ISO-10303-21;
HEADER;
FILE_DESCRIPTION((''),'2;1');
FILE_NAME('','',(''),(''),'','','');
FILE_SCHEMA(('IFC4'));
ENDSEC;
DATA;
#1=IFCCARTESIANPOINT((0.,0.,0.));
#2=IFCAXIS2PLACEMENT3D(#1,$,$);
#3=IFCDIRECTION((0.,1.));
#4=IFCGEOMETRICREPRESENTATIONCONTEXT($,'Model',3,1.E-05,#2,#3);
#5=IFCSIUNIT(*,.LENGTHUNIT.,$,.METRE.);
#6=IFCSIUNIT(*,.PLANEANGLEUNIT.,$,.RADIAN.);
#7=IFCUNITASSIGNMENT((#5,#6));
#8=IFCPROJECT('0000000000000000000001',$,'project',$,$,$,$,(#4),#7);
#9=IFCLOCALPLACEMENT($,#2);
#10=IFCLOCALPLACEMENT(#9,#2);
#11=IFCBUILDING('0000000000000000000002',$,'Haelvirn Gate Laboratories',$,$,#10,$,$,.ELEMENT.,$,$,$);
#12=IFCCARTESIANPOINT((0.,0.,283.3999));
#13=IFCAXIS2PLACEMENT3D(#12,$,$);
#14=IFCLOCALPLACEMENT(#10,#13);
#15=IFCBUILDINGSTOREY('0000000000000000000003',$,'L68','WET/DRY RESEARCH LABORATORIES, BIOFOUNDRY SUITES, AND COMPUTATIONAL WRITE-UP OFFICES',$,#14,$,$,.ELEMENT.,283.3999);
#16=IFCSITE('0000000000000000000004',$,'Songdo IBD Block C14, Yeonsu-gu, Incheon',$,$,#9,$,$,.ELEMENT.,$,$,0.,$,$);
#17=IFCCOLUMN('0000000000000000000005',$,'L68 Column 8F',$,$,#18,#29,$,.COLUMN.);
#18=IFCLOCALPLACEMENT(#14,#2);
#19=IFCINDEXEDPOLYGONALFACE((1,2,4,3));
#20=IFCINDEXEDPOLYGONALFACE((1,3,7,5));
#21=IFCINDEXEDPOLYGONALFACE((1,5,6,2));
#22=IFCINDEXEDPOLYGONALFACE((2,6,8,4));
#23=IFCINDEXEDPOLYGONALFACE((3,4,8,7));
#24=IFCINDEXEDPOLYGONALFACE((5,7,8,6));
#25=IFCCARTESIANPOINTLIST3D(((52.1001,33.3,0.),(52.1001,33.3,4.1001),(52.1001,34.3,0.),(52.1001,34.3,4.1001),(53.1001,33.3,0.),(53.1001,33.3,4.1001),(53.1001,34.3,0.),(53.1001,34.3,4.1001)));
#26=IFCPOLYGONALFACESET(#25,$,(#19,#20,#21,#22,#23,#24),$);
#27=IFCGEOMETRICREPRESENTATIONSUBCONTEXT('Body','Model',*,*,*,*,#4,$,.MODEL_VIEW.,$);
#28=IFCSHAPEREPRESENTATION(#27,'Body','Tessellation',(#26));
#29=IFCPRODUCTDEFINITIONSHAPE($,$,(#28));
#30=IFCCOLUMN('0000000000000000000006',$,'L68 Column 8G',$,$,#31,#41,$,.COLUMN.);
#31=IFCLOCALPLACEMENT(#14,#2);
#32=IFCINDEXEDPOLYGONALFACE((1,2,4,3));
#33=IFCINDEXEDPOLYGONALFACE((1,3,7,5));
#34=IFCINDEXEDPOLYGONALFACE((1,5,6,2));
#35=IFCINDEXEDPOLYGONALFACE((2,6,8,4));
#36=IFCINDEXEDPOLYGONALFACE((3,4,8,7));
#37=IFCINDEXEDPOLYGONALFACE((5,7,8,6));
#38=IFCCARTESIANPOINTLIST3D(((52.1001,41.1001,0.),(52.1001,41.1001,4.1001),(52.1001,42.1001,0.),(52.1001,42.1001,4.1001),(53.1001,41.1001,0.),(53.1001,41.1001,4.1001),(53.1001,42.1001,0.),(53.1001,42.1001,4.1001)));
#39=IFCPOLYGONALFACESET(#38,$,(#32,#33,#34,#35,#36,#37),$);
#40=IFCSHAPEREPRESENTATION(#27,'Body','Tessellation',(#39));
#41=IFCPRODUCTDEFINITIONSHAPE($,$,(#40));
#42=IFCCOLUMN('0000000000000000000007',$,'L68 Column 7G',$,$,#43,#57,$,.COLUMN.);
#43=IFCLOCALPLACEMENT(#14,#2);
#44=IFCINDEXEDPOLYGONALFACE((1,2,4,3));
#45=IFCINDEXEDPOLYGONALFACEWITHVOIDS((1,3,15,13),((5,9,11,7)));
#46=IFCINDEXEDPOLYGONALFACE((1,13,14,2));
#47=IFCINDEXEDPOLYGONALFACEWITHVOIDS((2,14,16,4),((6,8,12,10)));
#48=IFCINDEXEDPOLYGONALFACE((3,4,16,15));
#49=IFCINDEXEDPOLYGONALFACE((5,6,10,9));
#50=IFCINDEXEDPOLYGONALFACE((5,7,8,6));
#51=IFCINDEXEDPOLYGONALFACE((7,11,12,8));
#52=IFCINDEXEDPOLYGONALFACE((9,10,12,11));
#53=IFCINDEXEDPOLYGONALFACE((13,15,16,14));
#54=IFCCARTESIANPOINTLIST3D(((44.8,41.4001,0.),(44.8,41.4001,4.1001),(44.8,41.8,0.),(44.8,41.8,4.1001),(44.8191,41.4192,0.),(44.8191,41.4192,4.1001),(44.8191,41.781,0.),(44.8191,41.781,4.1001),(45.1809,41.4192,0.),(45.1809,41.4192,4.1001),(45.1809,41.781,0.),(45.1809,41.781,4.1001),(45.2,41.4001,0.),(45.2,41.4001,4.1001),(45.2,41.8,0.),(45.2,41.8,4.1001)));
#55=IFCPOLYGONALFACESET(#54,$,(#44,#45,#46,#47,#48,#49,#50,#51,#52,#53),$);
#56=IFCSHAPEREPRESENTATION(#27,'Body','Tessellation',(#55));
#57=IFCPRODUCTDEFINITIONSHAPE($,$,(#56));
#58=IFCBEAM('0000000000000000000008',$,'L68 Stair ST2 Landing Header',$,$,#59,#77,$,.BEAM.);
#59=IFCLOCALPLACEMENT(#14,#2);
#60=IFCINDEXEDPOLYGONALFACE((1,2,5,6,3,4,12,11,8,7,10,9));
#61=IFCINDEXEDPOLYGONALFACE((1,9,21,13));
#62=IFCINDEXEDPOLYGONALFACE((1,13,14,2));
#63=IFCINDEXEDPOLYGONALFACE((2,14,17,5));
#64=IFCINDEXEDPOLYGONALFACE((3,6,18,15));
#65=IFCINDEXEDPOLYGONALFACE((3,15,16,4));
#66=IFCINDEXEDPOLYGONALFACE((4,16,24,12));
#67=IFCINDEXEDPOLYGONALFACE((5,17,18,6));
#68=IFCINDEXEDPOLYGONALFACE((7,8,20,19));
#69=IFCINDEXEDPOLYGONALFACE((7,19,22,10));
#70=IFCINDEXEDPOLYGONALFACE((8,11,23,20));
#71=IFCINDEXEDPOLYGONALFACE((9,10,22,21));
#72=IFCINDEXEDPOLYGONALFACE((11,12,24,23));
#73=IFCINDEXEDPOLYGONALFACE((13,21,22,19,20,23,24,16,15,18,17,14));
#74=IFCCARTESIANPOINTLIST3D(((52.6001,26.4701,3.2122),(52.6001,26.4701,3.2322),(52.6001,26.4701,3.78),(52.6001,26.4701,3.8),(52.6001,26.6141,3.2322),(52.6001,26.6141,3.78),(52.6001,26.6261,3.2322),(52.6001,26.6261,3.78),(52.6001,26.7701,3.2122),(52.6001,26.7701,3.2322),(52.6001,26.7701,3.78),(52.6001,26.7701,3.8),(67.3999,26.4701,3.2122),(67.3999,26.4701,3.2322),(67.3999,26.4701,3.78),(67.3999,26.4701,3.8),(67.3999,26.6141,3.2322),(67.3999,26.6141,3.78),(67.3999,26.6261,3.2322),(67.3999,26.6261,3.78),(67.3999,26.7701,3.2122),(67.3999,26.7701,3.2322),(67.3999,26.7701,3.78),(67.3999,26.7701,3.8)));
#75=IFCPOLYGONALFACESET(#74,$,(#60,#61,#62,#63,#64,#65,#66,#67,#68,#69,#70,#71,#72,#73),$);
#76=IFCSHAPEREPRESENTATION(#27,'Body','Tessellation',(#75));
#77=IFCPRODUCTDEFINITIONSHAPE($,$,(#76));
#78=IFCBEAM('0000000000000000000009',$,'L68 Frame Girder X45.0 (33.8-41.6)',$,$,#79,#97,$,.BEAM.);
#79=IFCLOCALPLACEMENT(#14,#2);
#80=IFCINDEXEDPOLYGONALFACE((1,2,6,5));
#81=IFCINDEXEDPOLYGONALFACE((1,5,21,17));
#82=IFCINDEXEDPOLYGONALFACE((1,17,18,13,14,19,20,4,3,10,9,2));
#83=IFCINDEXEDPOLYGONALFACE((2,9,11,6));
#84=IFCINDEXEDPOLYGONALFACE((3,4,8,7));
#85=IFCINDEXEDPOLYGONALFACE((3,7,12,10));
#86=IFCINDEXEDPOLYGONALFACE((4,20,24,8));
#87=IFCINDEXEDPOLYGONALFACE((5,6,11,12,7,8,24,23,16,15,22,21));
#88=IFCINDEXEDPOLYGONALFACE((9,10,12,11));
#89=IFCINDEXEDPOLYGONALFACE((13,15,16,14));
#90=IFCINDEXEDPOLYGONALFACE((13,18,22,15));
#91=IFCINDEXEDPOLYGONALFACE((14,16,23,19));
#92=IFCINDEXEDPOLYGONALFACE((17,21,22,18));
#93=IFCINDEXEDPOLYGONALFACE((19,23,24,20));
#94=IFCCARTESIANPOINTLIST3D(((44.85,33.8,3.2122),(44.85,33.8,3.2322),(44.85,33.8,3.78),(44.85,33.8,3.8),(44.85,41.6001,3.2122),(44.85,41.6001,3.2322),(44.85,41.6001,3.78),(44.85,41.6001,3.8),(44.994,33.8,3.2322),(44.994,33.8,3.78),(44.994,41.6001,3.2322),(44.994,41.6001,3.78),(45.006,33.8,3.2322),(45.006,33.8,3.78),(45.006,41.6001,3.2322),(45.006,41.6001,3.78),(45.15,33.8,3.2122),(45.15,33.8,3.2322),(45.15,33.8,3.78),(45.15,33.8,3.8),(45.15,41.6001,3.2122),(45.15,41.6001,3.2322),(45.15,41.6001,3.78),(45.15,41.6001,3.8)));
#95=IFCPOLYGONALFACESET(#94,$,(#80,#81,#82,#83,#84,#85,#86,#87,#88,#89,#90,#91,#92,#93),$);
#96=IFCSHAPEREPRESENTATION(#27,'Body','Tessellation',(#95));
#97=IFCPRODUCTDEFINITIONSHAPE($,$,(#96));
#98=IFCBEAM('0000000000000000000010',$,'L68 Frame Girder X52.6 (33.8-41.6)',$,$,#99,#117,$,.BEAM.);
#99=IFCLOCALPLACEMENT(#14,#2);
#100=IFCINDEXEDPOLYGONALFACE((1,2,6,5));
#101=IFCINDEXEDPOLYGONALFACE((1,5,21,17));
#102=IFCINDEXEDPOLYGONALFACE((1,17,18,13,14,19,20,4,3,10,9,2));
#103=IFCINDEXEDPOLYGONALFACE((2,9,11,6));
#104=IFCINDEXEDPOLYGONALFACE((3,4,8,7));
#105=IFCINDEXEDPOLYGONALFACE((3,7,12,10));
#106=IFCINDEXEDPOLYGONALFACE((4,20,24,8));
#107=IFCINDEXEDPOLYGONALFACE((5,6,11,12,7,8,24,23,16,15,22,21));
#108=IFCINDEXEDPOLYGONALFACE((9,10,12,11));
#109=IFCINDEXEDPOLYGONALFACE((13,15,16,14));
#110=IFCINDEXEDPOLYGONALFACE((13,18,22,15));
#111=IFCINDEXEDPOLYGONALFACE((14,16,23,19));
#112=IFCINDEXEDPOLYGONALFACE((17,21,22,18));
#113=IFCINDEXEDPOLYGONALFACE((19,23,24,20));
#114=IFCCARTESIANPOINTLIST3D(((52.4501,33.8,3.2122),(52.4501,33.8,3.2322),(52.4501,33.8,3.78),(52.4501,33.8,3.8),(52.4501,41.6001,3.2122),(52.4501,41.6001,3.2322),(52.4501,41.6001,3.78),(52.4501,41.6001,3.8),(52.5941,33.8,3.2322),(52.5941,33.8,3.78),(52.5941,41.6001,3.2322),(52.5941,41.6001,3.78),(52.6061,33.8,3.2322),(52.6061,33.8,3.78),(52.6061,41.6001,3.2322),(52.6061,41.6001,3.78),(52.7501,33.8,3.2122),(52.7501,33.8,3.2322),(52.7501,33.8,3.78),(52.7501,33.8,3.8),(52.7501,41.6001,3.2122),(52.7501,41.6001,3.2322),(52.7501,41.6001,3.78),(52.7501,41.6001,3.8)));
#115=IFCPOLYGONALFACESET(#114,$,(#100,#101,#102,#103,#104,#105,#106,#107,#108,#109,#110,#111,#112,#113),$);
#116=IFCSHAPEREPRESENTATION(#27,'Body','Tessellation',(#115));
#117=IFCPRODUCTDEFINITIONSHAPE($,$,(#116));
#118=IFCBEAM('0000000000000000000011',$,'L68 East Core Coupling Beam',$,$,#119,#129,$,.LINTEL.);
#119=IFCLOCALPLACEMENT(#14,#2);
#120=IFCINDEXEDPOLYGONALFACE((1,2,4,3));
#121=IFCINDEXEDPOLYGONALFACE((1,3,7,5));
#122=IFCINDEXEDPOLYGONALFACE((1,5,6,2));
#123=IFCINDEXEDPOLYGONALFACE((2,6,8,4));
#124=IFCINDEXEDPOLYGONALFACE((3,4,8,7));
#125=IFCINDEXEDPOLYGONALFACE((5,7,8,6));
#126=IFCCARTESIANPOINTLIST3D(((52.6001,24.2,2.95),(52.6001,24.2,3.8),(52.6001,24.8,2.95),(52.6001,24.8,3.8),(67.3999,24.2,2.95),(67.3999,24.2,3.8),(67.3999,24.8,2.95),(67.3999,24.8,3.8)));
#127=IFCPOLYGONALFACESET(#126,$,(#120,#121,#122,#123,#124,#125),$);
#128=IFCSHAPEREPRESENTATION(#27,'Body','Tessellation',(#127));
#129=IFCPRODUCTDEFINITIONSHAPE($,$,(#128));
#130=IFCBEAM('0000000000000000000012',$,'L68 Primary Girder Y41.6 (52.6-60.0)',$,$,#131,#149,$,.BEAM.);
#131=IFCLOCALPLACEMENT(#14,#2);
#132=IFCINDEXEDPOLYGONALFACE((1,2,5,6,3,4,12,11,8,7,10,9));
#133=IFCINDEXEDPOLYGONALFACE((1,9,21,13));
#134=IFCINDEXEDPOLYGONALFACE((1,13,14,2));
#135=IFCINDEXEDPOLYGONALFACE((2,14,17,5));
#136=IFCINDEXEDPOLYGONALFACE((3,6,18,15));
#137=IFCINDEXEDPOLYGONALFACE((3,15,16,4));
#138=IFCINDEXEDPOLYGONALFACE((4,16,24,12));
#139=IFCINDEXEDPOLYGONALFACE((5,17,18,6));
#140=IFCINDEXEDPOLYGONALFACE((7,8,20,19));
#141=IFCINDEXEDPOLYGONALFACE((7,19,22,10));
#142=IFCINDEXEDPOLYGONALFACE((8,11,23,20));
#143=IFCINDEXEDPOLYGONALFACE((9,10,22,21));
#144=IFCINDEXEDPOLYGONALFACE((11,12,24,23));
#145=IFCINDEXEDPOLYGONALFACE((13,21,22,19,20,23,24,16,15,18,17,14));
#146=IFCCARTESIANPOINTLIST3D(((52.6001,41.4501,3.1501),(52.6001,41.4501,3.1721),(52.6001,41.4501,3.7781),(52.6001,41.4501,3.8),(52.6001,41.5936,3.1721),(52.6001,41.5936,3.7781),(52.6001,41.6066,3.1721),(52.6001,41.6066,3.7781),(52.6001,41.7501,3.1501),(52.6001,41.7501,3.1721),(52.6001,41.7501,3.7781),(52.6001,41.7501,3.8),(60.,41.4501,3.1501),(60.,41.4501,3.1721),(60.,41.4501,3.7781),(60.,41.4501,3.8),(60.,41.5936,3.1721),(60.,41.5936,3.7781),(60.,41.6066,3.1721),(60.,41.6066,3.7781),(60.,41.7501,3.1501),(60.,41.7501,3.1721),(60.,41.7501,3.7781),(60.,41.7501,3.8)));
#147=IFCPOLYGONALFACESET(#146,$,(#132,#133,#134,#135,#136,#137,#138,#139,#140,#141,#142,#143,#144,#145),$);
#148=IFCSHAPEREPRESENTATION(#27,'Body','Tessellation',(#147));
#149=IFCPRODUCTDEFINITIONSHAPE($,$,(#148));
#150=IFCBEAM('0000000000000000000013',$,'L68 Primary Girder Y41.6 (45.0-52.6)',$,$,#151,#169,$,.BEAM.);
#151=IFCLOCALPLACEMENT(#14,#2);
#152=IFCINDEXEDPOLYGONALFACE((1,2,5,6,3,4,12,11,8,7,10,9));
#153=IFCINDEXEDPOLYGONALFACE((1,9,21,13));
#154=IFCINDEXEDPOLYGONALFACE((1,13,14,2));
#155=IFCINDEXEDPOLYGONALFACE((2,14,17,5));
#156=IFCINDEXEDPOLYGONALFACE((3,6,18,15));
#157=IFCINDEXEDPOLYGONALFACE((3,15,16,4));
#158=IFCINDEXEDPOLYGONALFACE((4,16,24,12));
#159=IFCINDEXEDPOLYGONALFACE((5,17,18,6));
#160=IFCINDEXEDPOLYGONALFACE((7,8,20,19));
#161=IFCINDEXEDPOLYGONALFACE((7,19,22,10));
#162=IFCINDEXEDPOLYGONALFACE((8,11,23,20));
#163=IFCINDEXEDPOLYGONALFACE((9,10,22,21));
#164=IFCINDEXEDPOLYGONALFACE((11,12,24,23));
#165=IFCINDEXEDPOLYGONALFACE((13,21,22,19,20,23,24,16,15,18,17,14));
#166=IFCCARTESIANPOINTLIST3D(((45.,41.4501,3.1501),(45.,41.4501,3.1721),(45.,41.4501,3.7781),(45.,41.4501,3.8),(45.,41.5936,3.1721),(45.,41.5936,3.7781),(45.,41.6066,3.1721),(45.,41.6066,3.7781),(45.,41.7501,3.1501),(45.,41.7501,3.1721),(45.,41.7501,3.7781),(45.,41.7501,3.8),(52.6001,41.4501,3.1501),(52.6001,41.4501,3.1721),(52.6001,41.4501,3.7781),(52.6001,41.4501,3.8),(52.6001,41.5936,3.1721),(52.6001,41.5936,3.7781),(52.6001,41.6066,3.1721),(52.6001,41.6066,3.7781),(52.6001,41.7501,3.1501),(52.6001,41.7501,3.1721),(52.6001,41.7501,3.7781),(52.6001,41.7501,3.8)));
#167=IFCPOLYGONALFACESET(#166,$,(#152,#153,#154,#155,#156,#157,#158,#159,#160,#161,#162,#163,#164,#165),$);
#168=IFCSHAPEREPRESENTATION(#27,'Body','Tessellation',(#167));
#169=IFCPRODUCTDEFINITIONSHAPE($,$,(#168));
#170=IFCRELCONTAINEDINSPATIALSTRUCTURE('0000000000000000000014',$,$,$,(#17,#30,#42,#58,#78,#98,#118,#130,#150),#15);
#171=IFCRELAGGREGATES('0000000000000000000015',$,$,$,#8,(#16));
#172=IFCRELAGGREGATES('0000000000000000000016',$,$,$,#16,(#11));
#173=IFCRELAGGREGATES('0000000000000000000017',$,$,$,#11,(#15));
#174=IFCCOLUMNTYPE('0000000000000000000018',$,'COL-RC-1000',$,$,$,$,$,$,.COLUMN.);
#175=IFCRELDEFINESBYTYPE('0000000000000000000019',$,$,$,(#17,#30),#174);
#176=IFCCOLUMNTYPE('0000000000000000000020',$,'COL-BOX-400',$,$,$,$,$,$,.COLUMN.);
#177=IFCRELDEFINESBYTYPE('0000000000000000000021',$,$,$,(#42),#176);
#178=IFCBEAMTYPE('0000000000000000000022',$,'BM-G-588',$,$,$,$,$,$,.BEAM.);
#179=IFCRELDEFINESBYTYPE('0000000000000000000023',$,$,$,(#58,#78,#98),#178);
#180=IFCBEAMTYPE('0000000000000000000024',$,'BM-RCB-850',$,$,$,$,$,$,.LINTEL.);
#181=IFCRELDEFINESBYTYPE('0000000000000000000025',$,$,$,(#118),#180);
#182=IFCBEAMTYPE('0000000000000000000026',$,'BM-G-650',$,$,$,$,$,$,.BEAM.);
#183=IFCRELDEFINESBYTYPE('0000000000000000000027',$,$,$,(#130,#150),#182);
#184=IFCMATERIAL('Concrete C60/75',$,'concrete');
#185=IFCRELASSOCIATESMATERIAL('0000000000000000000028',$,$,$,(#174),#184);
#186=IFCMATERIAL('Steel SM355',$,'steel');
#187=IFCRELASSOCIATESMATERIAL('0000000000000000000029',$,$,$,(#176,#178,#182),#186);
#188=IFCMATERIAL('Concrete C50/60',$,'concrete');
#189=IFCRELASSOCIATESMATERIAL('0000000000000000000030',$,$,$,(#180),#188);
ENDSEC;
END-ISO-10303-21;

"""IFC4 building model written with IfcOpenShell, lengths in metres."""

from ifc_helpers import new_model, si_unit, direction, frame, origin, origin_2d, place, context, subcontext, project, spatial, rectangle, hollow_rectangle, i_section, extrude, source, transform, mapped, material, material_profile, profile_set, type_object, type_shapes, element, save


model = new_model("IFC4")

# Units and contexts
model_context = context("Model", 3, precision=1e-05, world=origin(), true_north=direction((0.0, 1.0)))
body_context = subcontext(model_context, "Body", "Model", "MODEL_VIEW")
ifc_project = project(units=[si_unit("LENGTHUNIT", "METRE"), si_unit("PLANEANGLEUNIT", "RADIAN")], contexts=[model_context])

# Site, building, storey
site_placement = place(None, origin())
site = spatial("IfcSite", under=ifc_project, at=site_placement, Name="Songdo IBD Block C14, Yeonsu-gu, Incheon", CompositionType="ELEMENT", RefElevation=0.0)
building_placement = place(site_placement, origin())
building = spatial("IfcBuilding", under=site, at=building_placement, Name="Haelvirn Gate Laboratories", CompositionType="ELEMENT")
storey_placement = place(building_placement, frame((0.0, 0.0, 283.3999)))
storey = spatial("IfcBuildingStorey", under=building, at=storey_placement, Name="L68", Description="WET/DRY RESEARCH LABORATORIES, BIOFOUNDRY SUITES, AND COMPUTATIONAL WRITE-UP OFFICES", CompositionType="ELEMENT", Elevation=283.3999)

# Columns
ifc_material_1 = material(Name="Concrete C60/75", Category="concrete")
ifc_material_profile_1 = material_profile(ifc_material_1, rectangle(XDim=1.0, YDim=1.0, at=origin_2d()), Name="RC-1000x1000")
ifc_profile_set_1 = profile_set([ifc_material_profile_1], Name="Concrete C60/75")
column_type_1 = type_object("IfcColumnType", Name="COL-RC-1000", PredefinedType="COLUMN", material=ifc_profile_set_1)
shared_shape_1 = source(origin(), body_context, "Body", "SweptSolid", [
    extrude(rectangle(XDim=1.0, YDim=1.0, at=origin_2d()), origin(), (0.0, 0.0, 1.0), 4.1001),
])
type_shapes(column_type_1, [shared_shape_1])
for number, where, z_axis, x_axis, name in (
    (1, (52.6001, 33.8, 0.0), (0.0, 0.0, 1.0), (1.0, 0.0, 0.0), "L68 Column 8F"),
    (2, (52.6001, 41.6001, 0.0), (0.0, 0.0, 1.0), (1.0, 0.0, 0.0), "L68 Column 8G"),
):
    element("IfcColumn", number, at=place(storey_placement, frame(where, z_axis=z_axis, x_axis=x_axis)), inside=storey, type_object=column_type_1, Name=name, PredefinedType="COLUMN", context=body_context, shape_type="MappedRepresentation", body=[
        mapped(shared_shape_1, transform((0.0, 0.0, 0.0), scale=1.0)),
    ])
ifc_material_2 = material(Name="Steel SM355", Category="steel")
ifc_material_profile_2 = material_profile(ifc_material_2, hollow_rectangle(XDim=0.3999, YDim=0.3999, WallThickness=0.019, at=origin_2d()), Name="BOX-400x400x19")
ifc_profile_set_2 = profile_set([ifc_material_profile_2], Name="Steel SM355")
column_type_2 = type_object("IfcColumnType", Name="COL-BOX-400", PredefinedType="COLUMN", material=ifc_profile_set_2)
shared_shape_2 = source(origin(), body_context, "Body", "SweptSolid", [
    extrude(hollow_rectangle(XDim=0.3999, YDim=0.3999, WallThickness=0.019, at=origin_2d()), origin(), (0.0, 0.0, 1.0), 4.1001),
])
type_shapes(column_type_2, [shared_shape_2])
column_placement = place(storey_placement, frame((45.0, 41.6001, 0.0), z_axis=(0.0, 0.0, 1.0), x_axis=(1.0, 0.0, 0.0)))
element("IfcColumn", 3, at=column_placement, inside=storey, type_object=column_type_2, Name="L68 Column 7G", PredefinedType="COLUMN", context=body_context, shape_type="MappedRepresentation", body=[
    mapped(shared_shape_2, transform((0.0, 0.0, 0.0), scale=1.0)),
])

# Beams
ifc_material_profile_3 = material_profile(ifc_material_2, i_section(OverallWidth=0.3, OverallDepth=0.5879, WebThickness=0.012, FlangeThickness=0.02, at=origin_2d()), Name="H-588x300x12x20")
ifc_profile_set_3 = profile_set([ifc_material_profile_3], Name="Steel SM355")
beam_type_1 = type_object("IfcBeamType", Name="BM-G-588", PredefinedType="BEAM", material=ifc_profile_set_3)
shared_shape_3 = source(origin(), body_context, "Body", "SweptSolid", [
    extrude(i_section(OverallWidth=0.3, OverallDepth=0.5879, WebThickness=0.012, FlangeThickness=0.02, at=origin_2d()), origin(), (0.0, 0.0, 1.0), 14.7998),
])
beam_1_placement = place(storey_placement, frame((52.6001, 26.6201, 3.5061), z_axis=(1.0, 0.0, 0.0), x_axis=(0.0, 1.0, 0.0)))
element("IfcBeam", 4, at=beam_1_placement, inside=storey, type_object=beam_type_1, Name="L68 Stair ST2 Landing Header", PredefinedType="BEAM", context=body_context, shape_type="MappedRepresentation", body=[
    mapped(shared_shape_3, transform((0.0, 0.0, 0.0), scale=1.0)),
])
shared_shape_4 = source(origin(), body_context, "Body", "SweptSolid", [
    extrude(i_section(OverallWidth=0.3, OverallDepth=0.5879, WebThickness=0.012, FlangeThickness=0.02, at=origin_2d()), origin(), (0.0, 0.0, 1.0), 7.8),
])
type_shapes(beam_type_1, [shared_shape_3, shared_shape_4])
for number, where, z_axis, x_axis, name in (
    (5, (45.0, 33.8, 3.5061), (0.0, 1.0, 0.0), (-1.0, 0.0, 0.0), "L68 Frame Girder X45.0 (33.8-41.6)"),
    (6, (52.6001, 33.8, 3.5061), (0.0, 1.0, 0.0), (-1.0, 0.0, 0.0), "L68 Frame Girder X52.6 (33.8-41.6)"),
):
    element("IfcBeam", number, at=place(storey_placement, frame(where, z_axis=z_axis, x_axis=x_axis)), inside=storey, type_object=beam_type_1, Name=name, PredefinedType="BEAM", context=body_context, shape_type="MappedRepresentation", body=[
        mapped(shared_shape_4, transform((0.0, 0.0, 0.0), scale=1.0)),
    ])
ifc_material_3 = material(Name="Concrete C50/60", Category="concrete")
ifc_material_profile_4 = material_profile(ifc_material_3, rectangle(XDim=0.6001, YDim=0.8501, at=origin_2d()), Name="RCB-600x850")
ifc_profile_set_4 = profile_set([ifc_material_profile_4], Name="Concrete C50/60")
beam_type_2 = type_object("IfcBeamType", Name="BM-RCB-850", PredefinedType="LINTEL", material=ifc_profile_set_4)
shared_shape_5 = source(origin(), body_context, "Body", "SweptSolid", [
    extrude(rectangle(XDim=0.6001, YDim=0.8501, at=origin_2d()), origin(), (0.0, 0.0, 1.0), 14.7998),
])
type_shapes(beam_type_2, [shared_shape_5])
beam_2_placement = place(storey_placement, frame((52.6001, 24.5, 3.375), z_axis=(1.0, 0.0, 0.0), x_axis=(0.0, 1.0, 0.0)))
element("IfcBeam", 7, at=beam_2_placement, inside=storey, type_object=beam_type_2, Name="L68 East Core Coupling Beam", PredefinedType="LINTEL", context=body_context, shape_type="MappedRepresentation", body=[
    mapped(shared_shape_5, transform((0.0, 0.0, 0.0), scale=1.0)),
])
ifc_material_profile_5 = material_profile(ifc_material_2, i_section(OverallWidth=0.3, OverallDepth=0.6499, WebThickness=0.0129, FlangeThickness=0.022, at=origin_2d()), Name="H-650x300x13x22")
ifc_profile_set_5 = profile_set([ifc_material_profile_5], Name="Steel SM355")
beam_type_3 = type_object("IfcBeamType", Name="BM-G-650", PredefinedType="BEAM", material=ifc_profile_set_5)
shared_shape_6 = source(origin(), body_context, "Body", "SweptSolid", [
    extrude(i_section(OverallWidth=0.3, OverallDepth=0.6499, WebThickness=0.0129, FlangeThickness=0.022, at=origin_2d()), origin(), (0.0, 0.0, 1.0), 7.3999),
])
beam_3_placement = place(storey_placement, frame((52.6001, 41.6001, 3.4751), z_axis=(1.0, 0.0, 0.0), x_axis=(0.0, 1.0, 0.0)))
element("IfcBeam", 8, at=beam_3_placement, inside=storey, type_object=beam_type_3, Name="L68 Primary Girder Y41.6 (52.6-60.0)", PredefinedType="BEAM", context=body_context, shape_type="MappedRepresentation", body=[
    mapped(shared_shape_6, transform((0.0, 0.0, 0.0), scale=1.0)),
])
shared_shape_7 = source(origin(), body_context, "Body", "SweptSolid", [
    extrude(i_section(OverallWidth=0.3, OverallDepth=0.6499, WebThickness=0.0129, FlangeThickness=0.022, at=origin_2d()), origin(), (0.0, 0.0, 1.0), 7.6001),
])
type_shapes(beam_type_3, [shared_shape_6, shared_shape_7])
beam_4_placement = place(storey_placement, frame((45.0, 41.6001, 3.4751), z_axis=(1.0, 0.0, 0.0), x_axis=(0.0, 1.0, 0.0)))
element("IfcBeam", 9, at=beam_4_placement, inside=storey, type_object=beam_type_3, Name="L68 Primary Girder Y41.6 (45.0-52.6)", PredefinedType="BEAM", context=body_context, shape_type="MappedRepresentation", body=[
    mapped(shared_shape_7, transform((0.0, 0.0, 0.0), scale=1.0)),
])

save(model, "model.ifc")
